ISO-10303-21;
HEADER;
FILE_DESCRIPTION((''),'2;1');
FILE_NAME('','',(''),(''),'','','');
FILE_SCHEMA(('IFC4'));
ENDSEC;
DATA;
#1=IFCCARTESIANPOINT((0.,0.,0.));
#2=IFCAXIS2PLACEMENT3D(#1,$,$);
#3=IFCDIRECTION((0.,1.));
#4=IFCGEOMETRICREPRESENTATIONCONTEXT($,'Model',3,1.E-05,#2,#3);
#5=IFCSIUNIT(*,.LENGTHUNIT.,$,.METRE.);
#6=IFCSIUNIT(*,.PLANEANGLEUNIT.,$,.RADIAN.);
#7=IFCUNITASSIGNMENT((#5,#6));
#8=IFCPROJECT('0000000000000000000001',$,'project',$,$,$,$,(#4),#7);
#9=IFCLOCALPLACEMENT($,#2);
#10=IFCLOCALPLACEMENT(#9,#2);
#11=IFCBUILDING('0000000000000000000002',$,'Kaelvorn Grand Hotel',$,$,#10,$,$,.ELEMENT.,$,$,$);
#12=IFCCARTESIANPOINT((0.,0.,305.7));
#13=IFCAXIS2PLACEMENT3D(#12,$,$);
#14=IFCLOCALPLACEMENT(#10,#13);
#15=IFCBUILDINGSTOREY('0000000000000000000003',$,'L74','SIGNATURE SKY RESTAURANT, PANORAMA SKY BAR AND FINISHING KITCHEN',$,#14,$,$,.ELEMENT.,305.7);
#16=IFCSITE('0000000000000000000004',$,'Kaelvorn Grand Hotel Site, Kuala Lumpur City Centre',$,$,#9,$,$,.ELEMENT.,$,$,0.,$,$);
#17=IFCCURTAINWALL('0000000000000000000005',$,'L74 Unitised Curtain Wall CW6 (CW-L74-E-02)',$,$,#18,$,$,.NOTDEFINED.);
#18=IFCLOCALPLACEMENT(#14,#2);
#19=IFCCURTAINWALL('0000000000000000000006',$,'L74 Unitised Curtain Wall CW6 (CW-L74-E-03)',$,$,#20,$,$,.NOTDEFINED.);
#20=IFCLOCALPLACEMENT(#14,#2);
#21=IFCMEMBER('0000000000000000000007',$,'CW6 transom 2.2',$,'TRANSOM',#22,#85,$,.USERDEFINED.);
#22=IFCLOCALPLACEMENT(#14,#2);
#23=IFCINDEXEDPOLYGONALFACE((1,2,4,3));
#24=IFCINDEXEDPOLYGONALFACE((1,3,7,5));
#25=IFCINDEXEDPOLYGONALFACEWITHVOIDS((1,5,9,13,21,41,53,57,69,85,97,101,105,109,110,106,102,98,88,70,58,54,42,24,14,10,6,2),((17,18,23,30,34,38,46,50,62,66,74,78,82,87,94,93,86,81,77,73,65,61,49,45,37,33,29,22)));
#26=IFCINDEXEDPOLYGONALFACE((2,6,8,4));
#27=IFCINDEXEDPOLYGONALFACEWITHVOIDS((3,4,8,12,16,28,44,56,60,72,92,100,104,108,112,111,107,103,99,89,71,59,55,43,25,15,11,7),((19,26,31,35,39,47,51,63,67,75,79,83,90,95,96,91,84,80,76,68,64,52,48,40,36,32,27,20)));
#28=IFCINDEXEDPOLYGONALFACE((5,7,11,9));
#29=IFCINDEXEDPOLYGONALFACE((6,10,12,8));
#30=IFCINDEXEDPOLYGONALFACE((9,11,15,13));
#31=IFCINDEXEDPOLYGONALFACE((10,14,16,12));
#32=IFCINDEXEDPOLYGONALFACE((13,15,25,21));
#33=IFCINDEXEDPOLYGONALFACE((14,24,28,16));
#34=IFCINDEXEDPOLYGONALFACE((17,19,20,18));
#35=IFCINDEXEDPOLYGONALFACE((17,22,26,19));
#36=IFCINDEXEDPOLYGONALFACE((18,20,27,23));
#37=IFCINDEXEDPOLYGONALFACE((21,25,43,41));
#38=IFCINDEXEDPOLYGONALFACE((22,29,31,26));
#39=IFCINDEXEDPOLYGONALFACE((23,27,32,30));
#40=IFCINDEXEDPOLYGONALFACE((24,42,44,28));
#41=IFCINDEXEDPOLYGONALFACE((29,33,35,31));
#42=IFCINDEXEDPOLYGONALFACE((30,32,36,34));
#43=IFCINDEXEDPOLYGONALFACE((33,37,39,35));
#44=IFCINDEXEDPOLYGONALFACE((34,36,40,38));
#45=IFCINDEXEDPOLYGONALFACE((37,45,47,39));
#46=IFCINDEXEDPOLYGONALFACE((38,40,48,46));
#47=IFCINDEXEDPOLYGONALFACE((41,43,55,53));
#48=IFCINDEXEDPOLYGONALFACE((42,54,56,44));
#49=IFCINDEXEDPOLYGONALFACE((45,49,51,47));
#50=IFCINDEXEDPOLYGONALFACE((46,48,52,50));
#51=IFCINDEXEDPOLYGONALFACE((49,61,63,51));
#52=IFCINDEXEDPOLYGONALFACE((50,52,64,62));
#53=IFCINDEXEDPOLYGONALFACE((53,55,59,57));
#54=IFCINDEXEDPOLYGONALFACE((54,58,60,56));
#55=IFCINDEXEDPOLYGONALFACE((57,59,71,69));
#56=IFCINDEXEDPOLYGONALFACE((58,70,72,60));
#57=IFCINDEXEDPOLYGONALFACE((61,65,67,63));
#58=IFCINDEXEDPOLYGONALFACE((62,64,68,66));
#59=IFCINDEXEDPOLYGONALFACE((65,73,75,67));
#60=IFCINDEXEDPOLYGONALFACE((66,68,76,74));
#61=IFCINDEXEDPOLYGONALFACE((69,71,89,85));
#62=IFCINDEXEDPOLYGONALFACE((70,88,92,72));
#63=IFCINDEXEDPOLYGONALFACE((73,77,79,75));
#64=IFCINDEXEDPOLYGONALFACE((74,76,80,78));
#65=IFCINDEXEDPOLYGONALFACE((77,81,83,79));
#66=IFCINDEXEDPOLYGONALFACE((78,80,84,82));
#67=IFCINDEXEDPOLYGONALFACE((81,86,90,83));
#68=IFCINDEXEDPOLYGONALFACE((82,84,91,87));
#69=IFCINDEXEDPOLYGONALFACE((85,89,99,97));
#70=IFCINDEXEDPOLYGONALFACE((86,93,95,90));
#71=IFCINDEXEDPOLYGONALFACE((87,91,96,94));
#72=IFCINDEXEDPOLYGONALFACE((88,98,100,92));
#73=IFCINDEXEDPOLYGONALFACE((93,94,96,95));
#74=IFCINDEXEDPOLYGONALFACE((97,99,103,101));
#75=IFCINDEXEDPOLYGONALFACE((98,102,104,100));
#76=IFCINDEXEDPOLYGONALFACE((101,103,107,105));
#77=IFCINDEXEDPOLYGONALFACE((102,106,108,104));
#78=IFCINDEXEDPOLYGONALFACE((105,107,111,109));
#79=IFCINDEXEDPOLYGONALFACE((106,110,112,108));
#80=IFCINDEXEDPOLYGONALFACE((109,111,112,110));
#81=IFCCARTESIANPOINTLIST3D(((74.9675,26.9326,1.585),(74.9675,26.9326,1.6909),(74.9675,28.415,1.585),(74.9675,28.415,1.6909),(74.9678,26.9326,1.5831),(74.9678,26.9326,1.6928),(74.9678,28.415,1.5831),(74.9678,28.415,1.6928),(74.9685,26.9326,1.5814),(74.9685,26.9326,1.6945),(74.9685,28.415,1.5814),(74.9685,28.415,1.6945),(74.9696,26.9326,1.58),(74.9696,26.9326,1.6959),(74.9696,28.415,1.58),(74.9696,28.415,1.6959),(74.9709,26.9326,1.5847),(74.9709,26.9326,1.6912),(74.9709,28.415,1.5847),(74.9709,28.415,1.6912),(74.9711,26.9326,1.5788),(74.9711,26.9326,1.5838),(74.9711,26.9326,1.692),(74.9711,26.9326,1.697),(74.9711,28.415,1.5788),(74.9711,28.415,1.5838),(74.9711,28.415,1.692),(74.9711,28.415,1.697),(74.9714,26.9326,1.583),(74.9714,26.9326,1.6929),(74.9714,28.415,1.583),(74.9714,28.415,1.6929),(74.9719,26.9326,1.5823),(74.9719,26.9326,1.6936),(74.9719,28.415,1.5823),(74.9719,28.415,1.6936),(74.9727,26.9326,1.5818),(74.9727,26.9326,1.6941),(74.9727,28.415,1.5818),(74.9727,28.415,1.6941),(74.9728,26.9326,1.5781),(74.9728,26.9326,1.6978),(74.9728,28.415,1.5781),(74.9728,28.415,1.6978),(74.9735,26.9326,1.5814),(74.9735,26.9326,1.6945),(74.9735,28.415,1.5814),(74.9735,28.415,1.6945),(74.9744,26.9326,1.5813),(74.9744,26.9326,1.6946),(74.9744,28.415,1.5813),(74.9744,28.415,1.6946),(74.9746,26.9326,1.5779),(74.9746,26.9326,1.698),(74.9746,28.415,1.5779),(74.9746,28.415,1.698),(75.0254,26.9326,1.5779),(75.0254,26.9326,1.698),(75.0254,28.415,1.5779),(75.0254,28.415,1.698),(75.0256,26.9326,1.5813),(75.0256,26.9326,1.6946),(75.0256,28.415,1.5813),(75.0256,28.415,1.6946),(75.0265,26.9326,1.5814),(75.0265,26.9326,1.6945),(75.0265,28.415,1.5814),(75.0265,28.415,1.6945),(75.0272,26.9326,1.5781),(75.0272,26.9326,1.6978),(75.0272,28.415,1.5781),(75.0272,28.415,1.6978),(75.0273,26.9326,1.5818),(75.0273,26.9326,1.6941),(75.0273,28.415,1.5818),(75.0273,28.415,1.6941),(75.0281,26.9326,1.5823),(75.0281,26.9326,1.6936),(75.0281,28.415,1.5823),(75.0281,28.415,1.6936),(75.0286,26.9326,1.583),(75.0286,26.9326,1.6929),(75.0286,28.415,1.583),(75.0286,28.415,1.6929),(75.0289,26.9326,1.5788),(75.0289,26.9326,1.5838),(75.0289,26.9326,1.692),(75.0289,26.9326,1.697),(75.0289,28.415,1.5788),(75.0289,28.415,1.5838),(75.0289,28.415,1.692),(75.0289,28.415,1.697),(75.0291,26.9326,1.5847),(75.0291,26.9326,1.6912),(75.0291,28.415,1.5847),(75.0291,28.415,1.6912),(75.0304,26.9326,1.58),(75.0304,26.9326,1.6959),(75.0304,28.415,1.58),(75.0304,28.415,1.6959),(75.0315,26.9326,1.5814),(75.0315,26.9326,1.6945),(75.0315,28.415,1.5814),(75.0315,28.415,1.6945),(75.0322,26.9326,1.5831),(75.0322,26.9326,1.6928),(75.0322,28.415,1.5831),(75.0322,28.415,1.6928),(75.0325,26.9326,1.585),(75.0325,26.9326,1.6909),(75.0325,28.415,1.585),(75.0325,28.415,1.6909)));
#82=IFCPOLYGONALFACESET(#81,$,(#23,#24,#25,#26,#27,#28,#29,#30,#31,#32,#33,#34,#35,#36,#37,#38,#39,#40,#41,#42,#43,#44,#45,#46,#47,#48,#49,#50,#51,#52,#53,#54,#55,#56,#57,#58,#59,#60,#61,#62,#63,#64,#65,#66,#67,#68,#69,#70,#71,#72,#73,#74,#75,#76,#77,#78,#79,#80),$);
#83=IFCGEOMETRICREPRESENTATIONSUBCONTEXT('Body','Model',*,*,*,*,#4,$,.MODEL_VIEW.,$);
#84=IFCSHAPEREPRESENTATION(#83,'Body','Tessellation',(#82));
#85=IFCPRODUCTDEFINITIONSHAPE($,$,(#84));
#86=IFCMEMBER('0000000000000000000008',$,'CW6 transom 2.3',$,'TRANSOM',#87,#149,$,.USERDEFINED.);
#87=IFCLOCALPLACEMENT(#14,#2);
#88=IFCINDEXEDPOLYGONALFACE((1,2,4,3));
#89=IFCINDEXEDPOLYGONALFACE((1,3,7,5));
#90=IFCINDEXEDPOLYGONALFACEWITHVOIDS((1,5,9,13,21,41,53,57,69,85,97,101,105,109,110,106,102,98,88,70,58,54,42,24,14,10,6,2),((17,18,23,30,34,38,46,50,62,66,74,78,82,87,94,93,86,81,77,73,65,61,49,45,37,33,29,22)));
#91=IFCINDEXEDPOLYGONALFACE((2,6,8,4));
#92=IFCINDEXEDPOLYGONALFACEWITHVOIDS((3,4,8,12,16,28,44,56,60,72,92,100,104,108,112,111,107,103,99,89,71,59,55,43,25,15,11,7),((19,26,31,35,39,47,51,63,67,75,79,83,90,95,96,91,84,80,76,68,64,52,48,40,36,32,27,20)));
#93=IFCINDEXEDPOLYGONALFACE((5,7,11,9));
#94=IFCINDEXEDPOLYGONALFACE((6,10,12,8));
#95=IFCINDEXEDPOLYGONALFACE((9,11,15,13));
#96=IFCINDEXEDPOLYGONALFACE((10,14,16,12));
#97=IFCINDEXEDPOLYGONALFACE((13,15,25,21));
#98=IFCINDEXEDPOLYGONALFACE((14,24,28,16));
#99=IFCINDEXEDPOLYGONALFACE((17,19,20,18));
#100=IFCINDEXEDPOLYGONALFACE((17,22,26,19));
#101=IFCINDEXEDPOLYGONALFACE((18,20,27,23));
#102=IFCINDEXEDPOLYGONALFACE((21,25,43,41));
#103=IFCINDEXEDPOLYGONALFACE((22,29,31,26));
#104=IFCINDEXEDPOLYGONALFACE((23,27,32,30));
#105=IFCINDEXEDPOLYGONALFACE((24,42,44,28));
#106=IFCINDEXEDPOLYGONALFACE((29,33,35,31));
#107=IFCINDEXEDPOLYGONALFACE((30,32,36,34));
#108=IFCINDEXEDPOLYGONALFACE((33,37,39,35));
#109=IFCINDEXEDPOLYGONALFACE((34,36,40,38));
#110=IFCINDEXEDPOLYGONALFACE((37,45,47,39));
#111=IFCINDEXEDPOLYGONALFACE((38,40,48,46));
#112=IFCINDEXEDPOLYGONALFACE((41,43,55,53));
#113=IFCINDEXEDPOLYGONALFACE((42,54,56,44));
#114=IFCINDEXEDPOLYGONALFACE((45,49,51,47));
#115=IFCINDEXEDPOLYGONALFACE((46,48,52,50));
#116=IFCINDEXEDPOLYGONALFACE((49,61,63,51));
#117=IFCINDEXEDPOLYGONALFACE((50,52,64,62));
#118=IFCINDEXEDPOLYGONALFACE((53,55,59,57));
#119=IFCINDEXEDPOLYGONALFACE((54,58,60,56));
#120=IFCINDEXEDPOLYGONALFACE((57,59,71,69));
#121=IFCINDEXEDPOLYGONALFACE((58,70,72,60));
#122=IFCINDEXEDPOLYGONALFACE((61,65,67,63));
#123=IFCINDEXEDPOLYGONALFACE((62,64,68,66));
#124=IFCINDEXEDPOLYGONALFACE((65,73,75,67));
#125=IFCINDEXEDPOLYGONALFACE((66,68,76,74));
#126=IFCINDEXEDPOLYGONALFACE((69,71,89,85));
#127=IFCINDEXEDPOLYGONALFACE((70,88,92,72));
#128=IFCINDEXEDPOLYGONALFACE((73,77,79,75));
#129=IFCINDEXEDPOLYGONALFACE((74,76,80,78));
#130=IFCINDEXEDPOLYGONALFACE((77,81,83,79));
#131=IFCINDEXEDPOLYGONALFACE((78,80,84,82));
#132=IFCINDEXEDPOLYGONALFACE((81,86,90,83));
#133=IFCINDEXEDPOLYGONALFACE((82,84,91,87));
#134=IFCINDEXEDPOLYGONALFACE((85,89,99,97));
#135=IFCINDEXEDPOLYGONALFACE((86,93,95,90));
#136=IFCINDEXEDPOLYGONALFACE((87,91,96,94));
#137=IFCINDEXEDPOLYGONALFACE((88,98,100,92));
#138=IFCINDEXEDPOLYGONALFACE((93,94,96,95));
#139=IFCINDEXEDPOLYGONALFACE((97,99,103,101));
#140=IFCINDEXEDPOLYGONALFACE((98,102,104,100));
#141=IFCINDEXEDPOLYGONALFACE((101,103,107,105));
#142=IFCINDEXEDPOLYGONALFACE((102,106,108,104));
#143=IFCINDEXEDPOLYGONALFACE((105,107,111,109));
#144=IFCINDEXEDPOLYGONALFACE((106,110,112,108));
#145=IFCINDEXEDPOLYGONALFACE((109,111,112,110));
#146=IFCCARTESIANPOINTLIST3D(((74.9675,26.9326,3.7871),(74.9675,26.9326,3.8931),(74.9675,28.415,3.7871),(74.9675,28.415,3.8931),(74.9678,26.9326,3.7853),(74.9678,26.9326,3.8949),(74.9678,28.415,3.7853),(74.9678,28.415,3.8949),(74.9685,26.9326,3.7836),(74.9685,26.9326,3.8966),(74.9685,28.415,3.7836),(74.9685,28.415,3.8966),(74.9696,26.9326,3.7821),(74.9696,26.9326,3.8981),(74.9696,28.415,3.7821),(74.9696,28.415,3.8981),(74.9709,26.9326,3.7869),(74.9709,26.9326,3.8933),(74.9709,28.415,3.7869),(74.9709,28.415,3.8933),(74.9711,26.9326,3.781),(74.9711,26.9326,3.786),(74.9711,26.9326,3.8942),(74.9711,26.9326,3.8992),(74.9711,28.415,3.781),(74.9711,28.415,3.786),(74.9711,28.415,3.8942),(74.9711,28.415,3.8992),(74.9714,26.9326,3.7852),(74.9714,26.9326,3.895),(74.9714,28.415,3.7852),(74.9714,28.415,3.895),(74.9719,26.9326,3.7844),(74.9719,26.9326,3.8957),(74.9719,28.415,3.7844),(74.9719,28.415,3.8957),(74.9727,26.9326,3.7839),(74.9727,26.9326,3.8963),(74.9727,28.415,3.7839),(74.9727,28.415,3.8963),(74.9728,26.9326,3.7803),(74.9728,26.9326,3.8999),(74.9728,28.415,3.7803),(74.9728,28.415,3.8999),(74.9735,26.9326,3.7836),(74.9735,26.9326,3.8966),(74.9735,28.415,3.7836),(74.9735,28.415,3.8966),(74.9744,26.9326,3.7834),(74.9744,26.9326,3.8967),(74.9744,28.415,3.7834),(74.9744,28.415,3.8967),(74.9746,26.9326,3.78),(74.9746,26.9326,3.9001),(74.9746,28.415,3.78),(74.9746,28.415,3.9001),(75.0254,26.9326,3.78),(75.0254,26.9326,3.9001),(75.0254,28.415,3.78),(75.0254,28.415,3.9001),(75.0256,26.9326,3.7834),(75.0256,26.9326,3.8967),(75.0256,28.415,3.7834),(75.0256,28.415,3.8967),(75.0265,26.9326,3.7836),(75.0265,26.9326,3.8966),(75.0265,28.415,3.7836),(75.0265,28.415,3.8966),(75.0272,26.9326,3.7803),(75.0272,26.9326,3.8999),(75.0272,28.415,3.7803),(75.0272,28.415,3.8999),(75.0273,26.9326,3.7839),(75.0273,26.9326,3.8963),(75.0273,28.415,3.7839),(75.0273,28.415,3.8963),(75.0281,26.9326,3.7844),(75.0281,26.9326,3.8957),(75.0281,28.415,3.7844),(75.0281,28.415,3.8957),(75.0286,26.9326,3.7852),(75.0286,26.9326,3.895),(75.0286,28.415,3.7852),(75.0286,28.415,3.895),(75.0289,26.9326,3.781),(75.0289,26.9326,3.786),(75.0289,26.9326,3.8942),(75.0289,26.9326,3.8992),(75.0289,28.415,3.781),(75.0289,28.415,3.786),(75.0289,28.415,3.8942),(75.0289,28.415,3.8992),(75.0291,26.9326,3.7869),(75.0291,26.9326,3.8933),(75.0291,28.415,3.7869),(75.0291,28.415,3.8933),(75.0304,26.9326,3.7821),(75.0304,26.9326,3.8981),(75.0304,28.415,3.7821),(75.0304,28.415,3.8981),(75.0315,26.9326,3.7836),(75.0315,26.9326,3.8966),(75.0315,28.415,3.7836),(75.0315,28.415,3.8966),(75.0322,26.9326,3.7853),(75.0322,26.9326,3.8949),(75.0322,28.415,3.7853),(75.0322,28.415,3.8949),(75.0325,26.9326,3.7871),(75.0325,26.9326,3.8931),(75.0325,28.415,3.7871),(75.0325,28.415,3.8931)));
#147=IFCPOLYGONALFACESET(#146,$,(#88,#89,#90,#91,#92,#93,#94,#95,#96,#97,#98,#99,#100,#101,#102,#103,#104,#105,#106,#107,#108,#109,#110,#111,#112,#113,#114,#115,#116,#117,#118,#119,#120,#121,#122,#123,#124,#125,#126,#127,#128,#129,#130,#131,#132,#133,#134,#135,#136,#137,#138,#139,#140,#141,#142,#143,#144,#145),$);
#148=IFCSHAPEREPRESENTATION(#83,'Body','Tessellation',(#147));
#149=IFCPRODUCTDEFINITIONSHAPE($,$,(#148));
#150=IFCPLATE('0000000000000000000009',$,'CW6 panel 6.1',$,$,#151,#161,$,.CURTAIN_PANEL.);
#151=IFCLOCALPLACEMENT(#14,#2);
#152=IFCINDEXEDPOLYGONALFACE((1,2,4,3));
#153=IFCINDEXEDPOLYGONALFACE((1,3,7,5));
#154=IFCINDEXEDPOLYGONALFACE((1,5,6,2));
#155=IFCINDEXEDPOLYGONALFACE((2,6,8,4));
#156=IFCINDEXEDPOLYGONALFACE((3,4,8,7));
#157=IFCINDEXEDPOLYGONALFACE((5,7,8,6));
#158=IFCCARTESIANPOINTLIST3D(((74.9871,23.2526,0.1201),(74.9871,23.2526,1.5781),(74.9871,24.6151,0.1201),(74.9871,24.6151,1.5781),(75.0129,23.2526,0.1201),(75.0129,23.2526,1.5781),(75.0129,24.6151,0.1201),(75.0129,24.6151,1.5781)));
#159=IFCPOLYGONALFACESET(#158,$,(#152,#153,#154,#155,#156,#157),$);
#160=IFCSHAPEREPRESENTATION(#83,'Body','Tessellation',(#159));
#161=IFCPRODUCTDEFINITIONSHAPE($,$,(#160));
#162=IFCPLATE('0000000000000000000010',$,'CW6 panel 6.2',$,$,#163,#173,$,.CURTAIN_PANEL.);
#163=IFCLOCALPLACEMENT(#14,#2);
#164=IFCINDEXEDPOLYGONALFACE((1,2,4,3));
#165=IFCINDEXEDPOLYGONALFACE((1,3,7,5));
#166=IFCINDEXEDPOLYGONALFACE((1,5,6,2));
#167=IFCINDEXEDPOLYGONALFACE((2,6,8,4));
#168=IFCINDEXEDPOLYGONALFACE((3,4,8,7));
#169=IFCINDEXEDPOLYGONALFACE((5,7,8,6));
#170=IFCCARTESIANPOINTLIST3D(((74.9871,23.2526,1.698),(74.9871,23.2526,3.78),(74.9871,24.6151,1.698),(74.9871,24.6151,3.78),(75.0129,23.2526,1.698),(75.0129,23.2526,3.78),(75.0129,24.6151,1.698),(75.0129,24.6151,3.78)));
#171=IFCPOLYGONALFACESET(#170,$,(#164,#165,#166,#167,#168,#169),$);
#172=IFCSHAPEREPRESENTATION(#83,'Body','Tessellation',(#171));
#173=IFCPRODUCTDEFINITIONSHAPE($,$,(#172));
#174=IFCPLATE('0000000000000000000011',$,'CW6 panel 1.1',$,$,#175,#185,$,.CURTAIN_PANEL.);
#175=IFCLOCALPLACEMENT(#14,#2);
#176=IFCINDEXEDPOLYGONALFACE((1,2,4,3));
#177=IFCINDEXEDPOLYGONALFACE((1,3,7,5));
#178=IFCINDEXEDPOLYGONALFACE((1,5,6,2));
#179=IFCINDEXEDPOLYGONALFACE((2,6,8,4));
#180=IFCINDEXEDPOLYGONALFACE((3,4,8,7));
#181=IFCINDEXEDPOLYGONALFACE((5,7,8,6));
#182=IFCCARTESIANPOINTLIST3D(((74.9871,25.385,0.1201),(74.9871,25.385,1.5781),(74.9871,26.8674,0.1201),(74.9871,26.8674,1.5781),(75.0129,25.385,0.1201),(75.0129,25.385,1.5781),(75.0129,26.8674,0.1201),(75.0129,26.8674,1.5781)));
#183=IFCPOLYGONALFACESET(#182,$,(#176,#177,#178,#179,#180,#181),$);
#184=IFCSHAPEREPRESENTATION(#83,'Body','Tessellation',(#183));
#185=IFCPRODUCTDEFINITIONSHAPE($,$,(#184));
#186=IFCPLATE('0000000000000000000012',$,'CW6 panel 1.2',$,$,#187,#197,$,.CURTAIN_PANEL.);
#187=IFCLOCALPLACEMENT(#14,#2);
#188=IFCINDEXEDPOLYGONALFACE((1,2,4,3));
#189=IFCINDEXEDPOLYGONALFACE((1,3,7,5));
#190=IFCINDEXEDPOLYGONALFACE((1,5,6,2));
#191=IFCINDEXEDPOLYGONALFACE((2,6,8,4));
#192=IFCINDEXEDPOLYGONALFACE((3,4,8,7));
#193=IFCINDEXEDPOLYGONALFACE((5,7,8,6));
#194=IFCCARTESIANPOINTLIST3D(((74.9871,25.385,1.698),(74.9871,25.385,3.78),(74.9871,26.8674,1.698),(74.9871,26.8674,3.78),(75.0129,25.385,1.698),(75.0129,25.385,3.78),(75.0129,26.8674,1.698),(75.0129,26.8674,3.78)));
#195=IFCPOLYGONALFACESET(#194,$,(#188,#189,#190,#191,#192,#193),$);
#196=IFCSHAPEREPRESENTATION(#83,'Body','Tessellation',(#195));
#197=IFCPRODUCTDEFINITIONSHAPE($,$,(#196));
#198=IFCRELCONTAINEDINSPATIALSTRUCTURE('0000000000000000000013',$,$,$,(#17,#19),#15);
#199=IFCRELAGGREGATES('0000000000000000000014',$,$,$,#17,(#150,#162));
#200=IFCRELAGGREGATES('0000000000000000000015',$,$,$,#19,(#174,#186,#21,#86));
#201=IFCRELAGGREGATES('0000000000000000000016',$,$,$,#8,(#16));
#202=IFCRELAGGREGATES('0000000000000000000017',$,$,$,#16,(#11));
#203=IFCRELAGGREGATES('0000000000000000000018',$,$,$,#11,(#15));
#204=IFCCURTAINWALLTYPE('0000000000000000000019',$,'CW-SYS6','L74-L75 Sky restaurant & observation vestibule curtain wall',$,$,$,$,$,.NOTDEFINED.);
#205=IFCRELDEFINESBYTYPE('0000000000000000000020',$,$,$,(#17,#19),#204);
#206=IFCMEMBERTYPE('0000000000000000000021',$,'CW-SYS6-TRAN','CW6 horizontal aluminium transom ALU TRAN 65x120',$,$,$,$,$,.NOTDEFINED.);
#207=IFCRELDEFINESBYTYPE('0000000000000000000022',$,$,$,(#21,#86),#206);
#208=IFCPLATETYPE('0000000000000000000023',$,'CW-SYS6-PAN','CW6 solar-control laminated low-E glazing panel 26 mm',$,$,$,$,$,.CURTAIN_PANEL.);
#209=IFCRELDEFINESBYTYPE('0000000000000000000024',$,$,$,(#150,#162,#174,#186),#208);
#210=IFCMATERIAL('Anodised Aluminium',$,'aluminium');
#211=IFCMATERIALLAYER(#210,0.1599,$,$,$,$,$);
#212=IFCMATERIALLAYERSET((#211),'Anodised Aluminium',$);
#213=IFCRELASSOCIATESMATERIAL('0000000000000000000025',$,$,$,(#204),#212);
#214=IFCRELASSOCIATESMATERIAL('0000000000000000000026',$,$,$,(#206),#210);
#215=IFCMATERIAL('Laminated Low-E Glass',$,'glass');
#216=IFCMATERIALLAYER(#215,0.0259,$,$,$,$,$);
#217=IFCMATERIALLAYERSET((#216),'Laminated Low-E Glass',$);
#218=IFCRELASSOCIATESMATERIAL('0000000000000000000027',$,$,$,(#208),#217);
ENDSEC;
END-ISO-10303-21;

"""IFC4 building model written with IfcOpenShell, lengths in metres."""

from ifc_helpers import new_model, si_unit, direction, frame, origin, origin_2d, place, context, subcontext, project, spatial, rectangle, hollow_rectangle, extrude, material, layer, layer_set, material_profile, profile_set, type_object, element, aggregate, save


model = new_model("IFC4")

# Units and contexts
model_context = context("Model", 3, precision=1e-05, world=origin(), true_north=direction((0.0, 1.0)))
body_context = subcontext(model_context, "Body", "Model", "MODEL_VIEW")
ifc_project = project(units=[si_unit("LENGTHUNIT", "METRE"), si_unit("PLANEANGLEUNIT", "RADIAN")], contexts=[model_context])

# Site, building, storey
site_placement = place(None, origin())
site = spatial("IfcSite", under=ifc_project, at=site_placement, Name="Kaelvorn Grand Hotel Site, Kuala Lumpur City Centre", CompositionType="ELEMENT", RefElevation=0.0)
building_placement = place(site_placement, origin())
building = spatial("IfcBuilding", under=site, at=building_placement, Name="Kaelvorn Grand Hotel", CompositionType="ELEMENT")
storey_placement = place(building_placement, frame((0.0, 0.0, 305.7)))
storey = spatial("IfcBuildingStorey", under=building, at=storey_placement, Name="L74", Description="SIGNATURE SKY RESTAURANT, PANORAMA SKY BAR AND FINISHING KITCHEN", CompositionType="ELEMENT", Elevation=305.7)

# Curtain walls
ifc_material_1 = material(Name="Anodised Aluminium", Category="aluminium")
ifc_layer_1 = layer(ifc_material_1, 0.1599)
ifc_layer_set_1 = layer_set([ifc_layer_1], Name="Anodised Aluminium")
curtain_wall_type = type_object("IfcCurtainWallType", Name="CW-SYS6", Description="L74-L75 Sky restaurant & observation vestibule curtain wall", PredefinedType="NOTDEFINED", material=ifc_layer_set_1)
curtain_wall_1_placement = place(storey_placement, origin())
curtain_wall_1 = element("IfcCurtainWall", 1, at=curtain_wall_1_placement, inside=storey, type_object=curtain_wall_type, Name="L74 Unitised Curtain Wall CW6 (CW-L74-E-02)", PredefinedType="NOTDEFINED")
curtain_wall_2_placement = place(storey_placement, origin())
curtain_wall_2 = element("IfcCurtainWall", 2, at=curtain_wall_2_placement, inside=storey, type_object=curtain_wall_type, Name="L74 Unitised Curtain Wall CW6 (CW-L74-E-03)", PredefinedType="NOTDEFINED")

# Members
ifc_material_profile_1 = material_profile(ifc_material_1, hollow_rectangle(XDim=0.0649, YDim=0.1201, WallThickness=0.0034, InnerFilletRadius=0.0034, OuterFilletRadius=0.0071, at=origin_2d()), Name="ALU TRAN 65x120")
ifc_profile_set_1 = profile_set([ifc_material_profile_1], Name="Anodised Aluminium")
member_type_1 = type_object("IfcMemberType", Name="CW-SYS6-TRAN", Description="CW6 horizontal aluminium transom ALU TRAN 65x120", PredefinedType="NOTDEFINED", material=ifc_profile_set_1)
member_1_placement = place(storey_placement, frame((75.0, 26.9326, 1.6379), z_axis=(0.0, 1.0, 0.0), x_axis=(-1.0, 0.0, 0.0)))
member_1 = element("IfcMember", 3, at=member_1_placement, type_object=member_type_1, Name="CW6 transom 2.2", ObjectType="TRANSOM", PredefinedType="USERDEFINED", context=body_context, shape_type="SweptSolid", body=[
    extrude(hollow_rectangle(XDim=0.0649, YDim=0.1201, WallThickness=0.0034, InnerFilletRadius=0.0034, OuterFilletRadius=0.0071, at=origin_2d()), origin(), (0.0, 0.0, 1.0), 1.4824),
])
member_2_placement = place(storey_placement, frame((75.0, 26.9326, 3.8401), z_axis=(0.0, 1.0, 0.0), x_axis=(-1.0, 0.0, 0.0)))
member_2 = element("IfcMember", 4, at=member_2_placement, type_object=member_type_1, Name="CW6 transom 2.3", ObjectType="TRANSOM", PredefinedType="USERDEFINED", context=body_context, shape_type="SweptSolid", body=[
    extrude(hollow_rectangle(XDim=0.0649, YDim=0.1201, WallThickness=0.0034, InnerFilletRadius=0.0034, OuterFilletRadius=0.0071, at=origin_2d()), origin(), (0.0, 0.0, 1.0), 1.4824),
])

# Plates
ifc_material_2 = material(Name="Laminated Low-E Glass", Category="glass")
ifc_layer_2 = layer(ifc_material_2, 0.0259)
ifc_layer_set_2 = layer_set([ifc_layer_2], Name="Laminated Low-E Glass")
plate_type = type_object("IfcPlateType", Name="CW-SYS6-PAN", Description="CW6 solar-control laminated low-E glazing panel 26 mm", PredefinedType="CURTAIN_PANEL", material=ifc_layer_set_2)
plate_1_placement = place(storey_placement, frame((75.0, 23.9338, 0.1201), z_axis=(0.0, 0.0, 1.0), x_axis=(0.0, 1.0, 0.0)))
plate_1 = element("IfcPlate", 5, at=plate_1_placement, type_object=plate_type, Name="CW6 panel 6.1", PredefinedType="CURTAIN_PANEL", context=body_context, shape_type="SweptSolid", body=[
    extrude(rectangle(XDim=1.3625, YDim=0.0259, at=origin_2d()), origin(), (0.0, 0.0, 1.0), 1.458),
])
plate_2_placement = place(storey_placement, frame((75.0, 23.9338, 1.698), z_axis=(0.0, 0.0, 1.0), x_axis=(0.0, 1.0, 0.0)))
plate_2 = element("IfcPlate", 6, at=plate_2_placement, type_object=plate_type, Name="CW6 panel 6.2", PredefinedType="CURTAIN_PANEL", context=body_context, shape_type="SweptSolid", body=[
    extrude(rectangle(XDim=1.3625, YDim=0.0259, at=origin_2d()), origin(), (0.0, 0.0, 1.0), 2.082),
])
aggregate(curtain_wall_1, [plate_1, plate_2])
plate_3_placement = place(storey_placement, frame((75.0, 26.1262, 0.1201), z_axis=(0.0, 0.0, 1.0), x_axis=(0.0, 1.0, 0.0)))
plate_3 = element("IfcPlate", 7, at=plate_3_placement, type_object=plate_type, Name="CW6 panel 1.1", PredefinedType="CURTAIN_PANEL", context=body_context, shape_type="SweptSolid", body=[
    extrude(rectangle(XDim=1.4824, YDim=0.0259, at=origin_2d()), origin(), (0.0, 0.0, 1.0), 1.458),
])
plate_4_placement = place(storey_placement, frame((75.0, 26.1262, 1.698), z_axis=(0.0, 0.0, 1.0), x_axis=(0.0, 1.0, 0.0)))
plate_4 = element("IfcPlate", 8, at=plate_4_placement, type_object=plate_type, Name="CW6 panel 1.2", PredefinedType="CURTAIN_PANEL", context=body_context, shape_type="SweptSolid", body=[
    extrude(rectangle(XDim=1.4824, YDim=0.0259, at=origin_2d()), origin(), (0.0, 0.0, 1.0), 2.082),
])
aggregate(curtain_wall_2, [plate_3, plate_4, member_1, member_2])

save(model, "model.ifc")
